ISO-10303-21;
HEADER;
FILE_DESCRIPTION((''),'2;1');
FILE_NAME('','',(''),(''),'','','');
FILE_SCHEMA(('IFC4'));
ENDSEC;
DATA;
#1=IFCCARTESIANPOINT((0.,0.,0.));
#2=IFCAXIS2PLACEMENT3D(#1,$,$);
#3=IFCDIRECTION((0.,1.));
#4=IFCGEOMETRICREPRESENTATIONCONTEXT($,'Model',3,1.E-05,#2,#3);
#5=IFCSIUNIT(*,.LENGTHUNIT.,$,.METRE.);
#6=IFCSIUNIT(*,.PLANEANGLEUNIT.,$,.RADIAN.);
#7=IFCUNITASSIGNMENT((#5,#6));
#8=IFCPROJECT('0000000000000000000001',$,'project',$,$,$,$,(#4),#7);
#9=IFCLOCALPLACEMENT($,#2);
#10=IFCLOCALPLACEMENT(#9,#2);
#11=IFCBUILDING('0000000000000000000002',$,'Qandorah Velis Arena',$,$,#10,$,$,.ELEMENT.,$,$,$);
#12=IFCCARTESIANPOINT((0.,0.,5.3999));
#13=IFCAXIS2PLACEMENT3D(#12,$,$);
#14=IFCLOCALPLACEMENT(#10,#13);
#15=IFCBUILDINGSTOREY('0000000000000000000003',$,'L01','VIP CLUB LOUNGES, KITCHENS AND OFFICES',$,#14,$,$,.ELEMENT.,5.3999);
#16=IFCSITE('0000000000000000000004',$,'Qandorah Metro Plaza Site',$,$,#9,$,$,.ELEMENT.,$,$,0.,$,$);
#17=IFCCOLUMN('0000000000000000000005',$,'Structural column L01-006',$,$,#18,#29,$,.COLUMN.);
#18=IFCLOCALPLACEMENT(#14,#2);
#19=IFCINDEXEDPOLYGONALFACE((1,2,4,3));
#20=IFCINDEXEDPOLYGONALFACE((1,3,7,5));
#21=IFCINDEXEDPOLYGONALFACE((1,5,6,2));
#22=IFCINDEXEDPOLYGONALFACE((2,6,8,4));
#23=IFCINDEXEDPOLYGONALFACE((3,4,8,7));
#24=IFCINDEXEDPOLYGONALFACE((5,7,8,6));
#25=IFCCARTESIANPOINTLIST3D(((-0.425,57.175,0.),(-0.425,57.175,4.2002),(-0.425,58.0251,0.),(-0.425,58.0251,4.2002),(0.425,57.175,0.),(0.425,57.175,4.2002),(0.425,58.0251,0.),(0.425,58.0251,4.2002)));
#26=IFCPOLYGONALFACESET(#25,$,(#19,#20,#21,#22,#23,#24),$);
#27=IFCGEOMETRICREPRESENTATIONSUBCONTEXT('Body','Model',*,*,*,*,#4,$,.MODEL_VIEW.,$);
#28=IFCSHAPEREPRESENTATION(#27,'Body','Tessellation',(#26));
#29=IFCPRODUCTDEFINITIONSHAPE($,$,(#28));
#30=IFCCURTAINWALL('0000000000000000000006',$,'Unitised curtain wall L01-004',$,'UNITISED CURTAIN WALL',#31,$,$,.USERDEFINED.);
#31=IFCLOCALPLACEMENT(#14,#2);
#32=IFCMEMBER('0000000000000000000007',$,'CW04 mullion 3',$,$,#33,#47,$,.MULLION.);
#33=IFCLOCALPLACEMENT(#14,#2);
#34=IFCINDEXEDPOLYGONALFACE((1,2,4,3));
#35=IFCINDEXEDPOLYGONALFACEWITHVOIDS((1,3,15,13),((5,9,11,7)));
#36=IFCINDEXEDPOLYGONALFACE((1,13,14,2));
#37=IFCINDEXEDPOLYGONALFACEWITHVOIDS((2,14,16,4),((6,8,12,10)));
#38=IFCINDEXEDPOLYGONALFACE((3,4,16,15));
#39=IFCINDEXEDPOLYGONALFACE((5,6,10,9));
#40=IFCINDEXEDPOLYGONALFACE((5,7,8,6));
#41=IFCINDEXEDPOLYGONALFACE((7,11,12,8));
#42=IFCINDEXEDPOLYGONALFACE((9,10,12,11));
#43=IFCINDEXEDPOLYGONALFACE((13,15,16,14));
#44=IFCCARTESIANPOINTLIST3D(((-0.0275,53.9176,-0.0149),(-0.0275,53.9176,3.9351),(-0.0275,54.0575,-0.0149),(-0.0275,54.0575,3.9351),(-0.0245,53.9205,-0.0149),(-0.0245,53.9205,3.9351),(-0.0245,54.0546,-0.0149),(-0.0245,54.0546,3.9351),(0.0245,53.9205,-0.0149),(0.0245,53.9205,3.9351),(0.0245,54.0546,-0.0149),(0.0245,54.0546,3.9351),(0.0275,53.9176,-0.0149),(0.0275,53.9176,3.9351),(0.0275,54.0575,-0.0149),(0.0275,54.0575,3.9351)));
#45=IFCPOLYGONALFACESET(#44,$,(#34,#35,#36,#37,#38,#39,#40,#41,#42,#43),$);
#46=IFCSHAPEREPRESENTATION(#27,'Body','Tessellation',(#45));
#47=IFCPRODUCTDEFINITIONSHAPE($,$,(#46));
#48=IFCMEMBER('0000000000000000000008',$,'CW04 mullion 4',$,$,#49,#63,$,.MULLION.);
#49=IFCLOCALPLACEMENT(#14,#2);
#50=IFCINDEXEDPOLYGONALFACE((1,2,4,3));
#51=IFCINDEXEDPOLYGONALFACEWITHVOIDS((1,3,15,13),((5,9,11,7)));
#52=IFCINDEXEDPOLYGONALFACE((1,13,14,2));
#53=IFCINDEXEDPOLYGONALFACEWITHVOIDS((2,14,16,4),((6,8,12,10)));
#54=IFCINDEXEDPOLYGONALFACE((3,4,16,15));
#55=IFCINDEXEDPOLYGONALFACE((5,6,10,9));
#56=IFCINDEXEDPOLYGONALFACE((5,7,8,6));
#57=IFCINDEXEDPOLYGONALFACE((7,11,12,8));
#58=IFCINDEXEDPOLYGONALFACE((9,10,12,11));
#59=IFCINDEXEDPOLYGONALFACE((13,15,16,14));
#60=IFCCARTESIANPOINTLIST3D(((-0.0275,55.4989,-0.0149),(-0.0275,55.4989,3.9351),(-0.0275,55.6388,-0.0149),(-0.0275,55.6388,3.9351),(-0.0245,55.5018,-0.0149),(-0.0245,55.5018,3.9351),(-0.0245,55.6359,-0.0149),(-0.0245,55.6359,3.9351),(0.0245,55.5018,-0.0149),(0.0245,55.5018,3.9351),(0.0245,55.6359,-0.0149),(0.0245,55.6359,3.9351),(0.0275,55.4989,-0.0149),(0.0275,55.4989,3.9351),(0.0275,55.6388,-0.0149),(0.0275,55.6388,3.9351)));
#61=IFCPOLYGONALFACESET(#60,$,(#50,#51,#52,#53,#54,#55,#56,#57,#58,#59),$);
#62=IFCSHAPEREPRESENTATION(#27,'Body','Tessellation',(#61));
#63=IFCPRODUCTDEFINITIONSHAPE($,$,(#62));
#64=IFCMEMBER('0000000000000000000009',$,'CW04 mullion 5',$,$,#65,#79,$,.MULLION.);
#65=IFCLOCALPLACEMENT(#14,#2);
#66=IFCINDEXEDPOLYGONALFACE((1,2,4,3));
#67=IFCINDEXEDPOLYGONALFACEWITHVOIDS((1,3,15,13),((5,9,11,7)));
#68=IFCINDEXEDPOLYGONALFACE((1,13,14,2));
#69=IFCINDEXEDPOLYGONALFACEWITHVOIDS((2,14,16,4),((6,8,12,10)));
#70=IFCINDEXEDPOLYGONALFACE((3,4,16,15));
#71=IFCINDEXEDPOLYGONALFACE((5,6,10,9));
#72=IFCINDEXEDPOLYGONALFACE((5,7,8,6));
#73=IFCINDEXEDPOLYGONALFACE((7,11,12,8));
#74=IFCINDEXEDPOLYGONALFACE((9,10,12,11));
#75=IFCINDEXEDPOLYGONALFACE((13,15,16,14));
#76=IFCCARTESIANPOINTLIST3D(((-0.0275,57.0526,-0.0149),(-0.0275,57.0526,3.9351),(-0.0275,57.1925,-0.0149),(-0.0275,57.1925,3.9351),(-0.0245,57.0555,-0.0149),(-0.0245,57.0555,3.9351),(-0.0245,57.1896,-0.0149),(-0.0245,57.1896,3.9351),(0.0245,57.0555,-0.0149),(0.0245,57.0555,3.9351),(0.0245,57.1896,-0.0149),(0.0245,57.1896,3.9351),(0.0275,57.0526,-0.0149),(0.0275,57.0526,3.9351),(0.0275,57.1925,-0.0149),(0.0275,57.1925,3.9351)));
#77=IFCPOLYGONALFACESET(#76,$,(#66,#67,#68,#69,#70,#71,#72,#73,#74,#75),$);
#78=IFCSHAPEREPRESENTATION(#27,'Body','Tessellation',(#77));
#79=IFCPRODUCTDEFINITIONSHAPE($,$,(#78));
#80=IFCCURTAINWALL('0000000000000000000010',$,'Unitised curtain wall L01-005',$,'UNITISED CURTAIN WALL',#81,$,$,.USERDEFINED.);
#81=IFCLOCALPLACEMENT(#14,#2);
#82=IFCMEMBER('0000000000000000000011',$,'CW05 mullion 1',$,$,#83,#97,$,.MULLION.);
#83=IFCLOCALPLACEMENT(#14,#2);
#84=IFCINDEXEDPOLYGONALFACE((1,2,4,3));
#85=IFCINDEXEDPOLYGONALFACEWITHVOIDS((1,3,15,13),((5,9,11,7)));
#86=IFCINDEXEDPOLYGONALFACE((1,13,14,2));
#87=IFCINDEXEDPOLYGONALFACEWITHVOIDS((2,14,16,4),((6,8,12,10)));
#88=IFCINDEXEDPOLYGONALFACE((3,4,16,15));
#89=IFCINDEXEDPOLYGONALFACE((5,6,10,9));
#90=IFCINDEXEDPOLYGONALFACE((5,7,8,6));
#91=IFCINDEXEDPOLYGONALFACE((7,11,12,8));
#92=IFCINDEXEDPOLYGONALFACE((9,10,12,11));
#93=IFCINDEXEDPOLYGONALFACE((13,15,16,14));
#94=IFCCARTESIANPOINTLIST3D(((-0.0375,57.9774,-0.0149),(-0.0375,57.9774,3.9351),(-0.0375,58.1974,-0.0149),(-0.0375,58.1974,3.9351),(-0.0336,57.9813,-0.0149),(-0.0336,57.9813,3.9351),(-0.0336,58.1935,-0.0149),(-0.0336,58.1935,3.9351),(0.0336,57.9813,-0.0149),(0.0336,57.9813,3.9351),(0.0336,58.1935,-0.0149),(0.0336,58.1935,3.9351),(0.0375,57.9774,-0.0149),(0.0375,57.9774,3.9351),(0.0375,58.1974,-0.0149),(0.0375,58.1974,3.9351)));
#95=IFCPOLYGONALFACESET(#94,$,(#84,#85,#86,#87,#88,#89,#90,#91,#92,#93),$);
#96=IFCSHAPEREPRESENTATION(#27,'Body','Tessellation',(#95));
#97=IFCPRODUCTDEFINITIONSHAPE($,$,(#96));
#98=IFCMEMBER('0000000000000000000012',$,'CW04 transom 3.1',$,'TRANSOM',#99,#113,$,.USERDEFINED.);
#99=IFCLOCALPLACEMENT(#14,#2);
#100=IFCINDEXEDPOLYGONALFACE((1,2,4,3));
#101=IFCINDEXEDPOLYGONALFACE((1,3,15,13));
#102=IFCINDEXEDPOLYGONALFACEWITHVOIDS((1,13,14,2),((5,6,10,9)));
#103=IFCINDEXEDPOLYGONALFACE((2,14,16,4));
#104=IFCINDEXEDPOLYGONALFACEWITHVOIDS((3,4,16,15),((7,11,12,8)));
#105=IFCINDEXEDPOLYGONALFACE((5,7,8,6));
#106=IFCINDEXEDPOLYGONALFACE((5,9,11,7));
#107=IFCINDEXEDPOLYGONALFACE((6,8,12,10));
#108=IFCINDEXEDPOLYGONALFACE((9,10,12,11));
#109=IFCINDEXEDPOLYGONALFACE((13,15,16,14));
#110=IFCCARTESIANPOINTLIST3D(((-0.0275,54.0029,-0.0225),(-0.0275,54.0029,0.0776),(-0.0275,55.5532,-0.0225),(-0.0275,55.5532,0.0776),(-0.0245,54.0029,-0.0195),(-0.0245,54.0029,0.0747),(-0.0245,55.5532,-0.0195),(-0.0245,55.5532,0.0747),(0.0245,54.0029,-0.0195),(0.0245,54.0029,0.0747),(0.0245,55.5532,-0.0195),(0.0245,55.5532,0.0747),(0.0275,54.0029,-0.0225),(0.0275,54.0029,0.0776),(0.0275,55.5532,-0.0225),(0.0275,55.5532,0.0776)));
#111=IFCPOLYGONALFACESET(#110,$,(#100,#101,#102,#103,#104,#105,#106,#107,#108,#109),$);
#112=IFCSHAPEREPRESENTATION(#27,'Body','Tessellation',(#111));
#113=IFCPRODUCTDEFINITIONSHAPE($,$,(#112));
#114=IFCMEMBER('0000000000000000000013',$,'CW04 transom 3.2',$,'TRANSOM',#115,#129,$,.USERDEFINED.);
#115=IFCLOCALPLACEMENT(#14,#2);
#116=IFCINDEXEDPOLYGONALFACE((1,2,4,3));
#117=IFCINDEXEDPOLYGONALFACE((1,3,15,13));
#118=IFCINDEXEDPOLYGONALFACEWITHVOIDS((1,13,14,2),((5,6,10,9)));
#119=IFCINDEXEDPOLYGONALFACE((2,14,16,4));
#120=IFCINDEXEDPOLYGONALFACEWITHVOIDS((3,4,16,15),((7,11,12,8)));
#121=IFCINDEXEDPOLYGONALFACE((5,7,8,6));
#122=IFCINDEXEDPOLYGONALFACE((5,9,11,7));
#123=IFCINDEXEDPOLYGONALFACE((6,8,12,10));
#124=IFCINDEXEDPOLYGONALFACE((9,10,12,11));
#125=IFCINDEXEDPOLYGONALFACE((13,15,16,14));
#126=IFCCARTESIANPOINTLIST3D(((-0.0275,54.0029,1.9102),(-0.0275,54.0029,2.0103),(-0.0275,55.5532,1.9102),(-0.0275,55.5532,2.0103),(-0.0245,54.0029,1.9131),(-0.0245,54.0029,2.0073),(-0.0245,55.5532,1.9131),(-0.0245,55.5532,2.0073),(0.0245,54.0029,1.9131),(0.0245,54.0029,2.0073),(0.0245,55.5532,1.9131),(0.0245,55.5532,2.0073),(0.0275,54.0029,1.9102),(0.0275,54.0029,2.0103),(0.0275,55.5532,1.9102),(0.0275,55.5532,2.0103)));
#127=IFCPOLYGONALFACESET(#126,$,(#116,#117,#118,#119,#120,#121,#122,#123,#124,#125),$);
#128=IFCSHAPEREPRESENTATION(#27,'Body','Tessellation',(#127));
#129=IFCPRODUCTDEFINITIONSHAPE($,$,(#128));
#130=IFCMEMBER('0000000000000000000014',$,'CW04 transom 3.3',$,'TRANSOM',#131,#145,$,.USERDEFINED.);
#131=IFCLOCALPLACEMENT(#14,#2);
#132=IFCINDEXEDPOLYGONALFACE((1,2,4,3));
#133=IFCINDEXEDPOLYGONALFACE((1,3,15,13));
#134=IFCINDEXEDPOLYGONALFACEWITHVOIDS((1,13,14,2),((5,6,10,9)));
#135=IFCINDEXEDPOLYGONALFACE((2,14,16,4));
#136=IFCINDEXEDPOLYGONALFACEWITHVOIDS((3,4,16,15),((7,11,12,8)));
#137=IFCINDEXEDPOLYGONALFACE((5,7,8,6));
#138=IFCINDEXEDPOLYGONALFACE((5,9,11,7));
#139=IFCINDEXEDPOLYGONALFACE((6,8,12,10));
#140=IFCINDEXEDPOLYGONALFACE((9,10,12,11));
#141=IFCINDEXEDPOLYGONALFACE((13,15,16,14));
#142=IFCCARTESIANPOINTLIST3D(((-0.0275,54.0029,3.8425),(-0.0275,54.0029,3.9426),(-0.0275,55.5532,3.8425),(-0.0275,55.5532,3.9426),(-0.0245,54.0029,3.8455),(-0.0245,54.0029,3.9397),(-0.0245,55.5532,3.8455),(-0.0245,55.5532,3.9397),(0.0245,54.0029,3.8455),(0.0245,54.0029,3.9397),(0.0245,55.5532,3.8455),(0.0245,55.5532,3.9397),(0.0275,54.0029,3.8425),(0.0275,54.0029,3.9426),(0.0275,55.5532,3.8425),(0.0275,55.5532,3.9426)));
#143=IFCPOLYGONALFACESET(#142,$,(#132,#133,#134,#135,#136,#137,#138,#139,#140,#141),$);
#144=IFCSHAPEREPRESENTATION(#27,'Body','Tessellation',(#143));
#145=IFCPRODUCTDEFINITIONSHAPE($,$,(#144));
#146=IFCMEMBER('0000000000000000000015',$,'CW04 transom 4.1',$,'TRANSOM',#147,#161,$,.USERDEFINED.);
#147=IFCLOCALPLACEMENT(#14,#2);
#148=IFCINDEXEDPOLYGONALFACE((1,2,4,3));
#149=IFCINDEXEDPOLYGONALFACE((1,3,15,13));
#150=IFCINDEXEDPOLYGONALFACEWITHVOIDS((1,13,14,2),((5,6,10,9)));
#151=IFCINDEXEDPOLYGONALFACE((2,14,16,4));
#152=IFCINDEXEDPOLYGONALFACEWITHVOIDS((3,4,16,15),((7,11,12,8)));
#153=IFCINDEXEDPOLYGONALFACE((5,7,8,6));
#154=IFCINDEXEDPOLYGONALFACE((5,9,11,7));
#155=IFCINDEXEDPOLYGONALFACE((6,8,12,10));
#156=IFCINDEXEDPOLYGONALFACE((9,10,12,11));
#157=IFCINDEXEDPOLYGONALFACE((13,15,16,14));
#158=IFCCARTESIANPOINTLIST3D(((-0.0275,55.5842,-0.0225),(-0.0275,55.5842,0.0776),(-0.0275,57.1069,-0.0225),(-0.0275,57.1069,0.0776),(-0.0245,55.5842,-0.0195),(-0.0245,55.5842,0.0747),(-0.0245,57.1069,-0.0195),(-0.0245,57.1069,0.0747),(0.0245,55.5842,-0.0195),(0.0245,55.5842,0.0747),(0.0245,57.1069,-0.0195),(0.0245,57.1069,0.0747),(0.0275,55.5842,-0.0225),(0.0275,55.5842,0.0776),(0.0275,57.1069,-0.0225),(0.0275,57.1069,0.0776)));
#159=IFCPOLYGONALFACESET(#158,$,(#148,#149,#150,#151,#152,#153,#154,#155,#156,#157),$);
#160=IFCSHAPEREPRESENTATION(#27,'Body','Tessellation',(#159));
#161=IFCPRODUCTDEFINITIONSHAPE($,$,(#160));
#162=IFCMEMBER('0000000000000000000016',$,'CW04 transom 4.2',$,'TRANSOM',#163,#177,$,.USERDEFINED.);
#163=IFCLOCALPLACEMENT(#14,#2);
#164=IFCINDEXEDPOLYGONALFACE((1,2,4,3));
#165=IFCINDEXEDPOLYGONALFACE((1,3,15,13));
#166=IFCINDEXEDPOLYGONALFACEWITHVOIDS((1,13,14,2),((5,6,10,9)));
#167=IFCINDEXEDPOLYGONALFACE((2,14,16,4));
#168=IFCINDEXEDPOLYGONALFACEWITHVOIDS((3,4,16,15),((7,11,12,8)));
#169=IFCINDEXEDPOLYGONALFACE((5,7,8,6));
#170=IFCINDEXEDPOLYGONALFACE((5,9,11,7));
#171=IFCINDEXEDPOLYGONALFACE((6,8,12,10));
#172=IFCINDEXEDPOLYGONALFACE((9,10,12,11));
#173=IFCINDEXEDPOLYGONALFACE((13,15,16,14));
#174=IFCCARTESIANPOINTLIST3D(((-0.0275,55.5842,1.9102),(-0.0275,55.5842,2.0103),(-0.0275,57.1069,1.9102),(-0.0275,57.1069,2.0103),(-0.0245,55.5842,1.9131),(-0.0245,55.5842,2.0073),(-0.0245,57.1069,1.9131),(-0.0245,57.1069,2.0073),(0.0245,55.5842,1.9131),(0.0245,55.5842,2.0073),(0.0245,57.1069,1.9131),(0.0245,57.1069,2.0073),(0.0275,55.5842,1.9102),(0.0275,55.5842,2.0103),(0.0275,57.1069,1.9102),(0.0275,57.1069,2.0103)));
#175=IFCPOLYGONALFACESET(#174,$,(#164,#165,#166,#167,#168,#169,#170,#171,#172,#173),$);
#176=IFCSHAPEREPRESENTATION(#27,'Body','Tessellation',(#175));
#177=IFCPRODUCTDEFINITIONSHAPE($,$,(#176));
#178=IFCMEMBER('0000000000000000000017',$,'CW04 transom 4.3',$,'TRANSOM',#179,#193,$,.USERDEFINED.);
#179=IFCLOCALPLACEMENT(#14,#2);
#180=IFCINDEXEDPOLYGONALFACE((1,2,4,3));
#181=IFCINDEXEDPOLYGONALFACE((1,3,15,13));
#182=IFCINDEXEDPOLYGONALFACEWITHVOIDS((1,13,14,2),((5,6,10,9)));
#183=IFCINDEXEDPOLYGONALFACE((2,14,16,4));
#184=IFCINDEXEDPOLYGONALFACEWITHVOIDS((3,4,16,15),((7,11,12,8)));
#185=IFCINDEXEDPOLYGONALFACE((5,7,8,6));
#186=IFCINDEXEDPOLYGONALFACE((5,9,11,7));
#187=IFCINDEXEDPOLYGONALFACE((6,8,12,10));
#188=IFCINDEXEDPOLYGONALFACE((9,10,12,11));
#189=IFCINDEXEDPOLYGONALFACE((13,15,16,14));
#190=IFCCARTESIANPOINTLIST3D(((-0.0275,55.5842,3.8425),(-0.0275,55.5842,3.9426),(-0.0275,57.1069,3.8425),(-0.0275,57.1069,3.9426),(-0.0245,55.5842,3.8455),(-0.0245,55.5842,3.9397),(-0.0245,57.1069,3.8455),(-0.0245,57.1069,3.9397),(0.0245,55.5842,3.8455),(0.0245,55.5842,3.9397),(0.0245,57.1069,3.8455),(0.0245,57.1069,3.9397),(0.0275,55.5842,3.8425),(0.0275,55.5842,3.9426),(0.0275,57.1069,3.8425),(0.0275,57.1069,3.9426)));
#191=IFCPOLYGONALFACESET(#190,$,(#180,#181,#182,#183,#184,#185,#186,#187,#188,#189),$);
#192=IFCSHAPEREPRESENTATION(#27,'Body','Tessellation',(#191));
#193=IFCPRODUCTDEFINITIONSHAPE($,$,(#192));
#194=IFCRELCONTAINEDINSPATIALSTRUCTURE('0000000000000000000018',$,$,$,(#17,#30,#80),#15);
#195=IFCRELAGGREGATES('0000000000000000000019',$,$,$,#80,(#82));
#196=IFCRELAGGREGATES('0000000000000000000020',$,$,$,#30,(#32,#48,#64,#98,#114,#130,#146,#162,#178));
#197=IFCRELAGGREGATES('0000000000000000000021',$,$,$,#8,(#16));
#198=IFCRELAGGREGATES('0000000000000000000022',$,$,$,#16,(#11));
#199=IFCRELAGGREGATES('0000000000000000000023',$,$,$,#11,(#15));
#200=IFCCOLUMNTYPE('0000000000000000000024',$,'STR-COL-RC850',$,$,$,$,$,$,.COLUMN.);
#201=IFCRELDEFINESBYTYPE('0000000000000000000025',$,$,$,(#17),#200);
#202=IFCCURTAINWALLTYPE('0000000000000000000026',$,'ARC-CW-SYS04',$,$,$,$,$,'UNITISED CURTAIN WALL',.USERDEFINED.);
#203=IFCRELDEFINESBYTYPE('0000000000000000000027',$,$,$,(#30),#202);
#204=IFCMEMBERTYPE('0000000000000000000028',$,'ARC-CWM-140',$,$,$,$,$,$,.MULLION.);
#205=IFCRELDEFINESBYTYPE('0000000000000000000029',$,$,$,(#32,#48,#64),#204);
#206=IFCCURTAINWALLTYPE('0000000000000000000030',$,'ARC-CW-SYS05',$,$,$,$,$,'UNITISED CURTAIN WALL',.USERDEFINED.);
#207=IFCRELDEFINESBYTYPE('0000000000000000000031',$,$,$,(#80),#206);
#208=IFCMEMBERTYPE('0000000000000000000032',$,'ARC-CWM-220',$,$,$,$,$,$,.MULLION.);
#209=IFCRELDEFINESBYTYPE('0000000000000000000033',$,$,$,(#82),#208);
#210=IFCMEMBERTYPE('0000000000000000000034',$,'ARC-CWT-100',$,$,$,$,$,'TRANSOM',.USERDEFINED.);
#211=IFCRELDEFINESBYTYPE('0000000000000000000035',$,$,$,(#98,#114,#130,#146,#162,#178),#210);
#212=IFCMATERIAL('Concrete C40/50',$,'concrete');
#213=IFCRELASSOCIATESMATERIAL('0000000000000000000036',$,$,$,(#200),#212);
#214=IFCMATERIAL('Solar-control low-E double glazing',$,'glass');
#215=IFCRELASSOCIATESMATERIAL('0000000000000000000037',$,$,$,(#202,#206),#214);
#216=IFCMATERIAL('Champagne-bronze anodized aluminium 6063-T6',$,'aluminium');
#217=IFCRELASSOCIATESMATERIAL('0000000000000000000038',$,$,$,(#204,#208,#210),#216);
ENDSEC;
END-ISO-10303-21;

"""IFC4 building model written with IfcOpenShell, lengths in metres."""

from ifc_helpers import new_model, si_unit, direction, frame, origin, origin_2d, place, context, subcontext, project, spatial, rectangle, hollow_rectangle, extrude, material, material_profile, profile_set, type_object, element, aggregate, save


model = new_model("IFC4")

# Units and contexts
model_context = context("Model", 3, precision=1e-05, world=origin(), true_north=direction((0.0, 1.0)))
body_context = subcontext(model_context, "Body", "Model", "MODEL_VIEW")
ifc_project = project(units=[si_unit("LENGTHUNIT", "METRE"), si_unit("PLANEANGLEUNIT", "RADIAN")], contexts=[model_context])

# Site, building, storey
site_placement = place(None, origin())
site = spatial("IfcSite", under=ifc_project, at=site_placement, Name="Qandorah Metro Plaza Site", CompositionType="ELEMENT", RefElevation=0.0)
building_placement = place(site_placement, origin())
building = spatial("IfcBuilding", under=site, at=building_placement, Name="Qandorah Velis Arena", CompositionType="ELEMENT")
storey_placement = place(building_placement, frame((0.0, 0.0, 5.3999)))
storey = spatial("IfcBuildingStorey", under=building, at=storey_placement, Name="L01", Description="VIP CLUB LOUNGES, KITCHENS AND OFFICES", CompositionType="ELEMENT", Elevation=5.3999)

# Column
ifc_material_1 = material(Name="Concrete C40/50", Category="concrete")
ifc_material_profile_1 = material_profile(ifc_material_1, rectangle(XDim=0.8501, YDim=0.8501, at=origin_2d()), Name="RC COL 850x850")
ifc_profile_set_1 = profile_set([ifc_material_profile_1], Name="Concrete C40/50")
column_type = type_object("IfcColumnType", Name="STR-COL-RC850", PredefinedType="COLUMN", material=ifc_profile_set_1)
column_placement = place(storey_placement, frame((0.0, 57.6001, 0.0), z_axis=(0.0, 0.0, 1.0), x_axis=(1.0, 0.0, 0.0)))
element("IfcColumn", 1, at=column_placement, inside=storey, type_object=column_type, Name="Structural column L01-006", PredefinedType="COLUMN", context=body_context, shape_type="SweptSolid", body=[
    extrude(rectangle(XDim=0.8501, YDim=0.8501, at=origin_2d()), origin(), (0.0, 0.0, 1.0), 4.2002),
])

# Curtain wall, members
ifc_material_2 = material(Name="Solar-control low-E double glazing", Category="glass")
curtain_wall_type_1 = type_object("IfcCurtainWallType", Name="ARC-CW-SYS04", ElementType="UNITISED CURTAIN WALL", PredefinedType="USERDEFINED", material=ifc_material_2)
curtain_wall_1_placement = place(storey_placement, origin())
curtain_wall_1 = element("IfcCurtainWall", 2, at=curtain_wall_1_placement, inside=storey, type_object=curtain_wall_type_1, Name="Unitised curtain wall L01-004", ObjectType="UNITISED CURTAIN WALL", PredefinedType="USERDEFINED")
ifc_material_3 = material(Name="Champagne-bronze anodized aluminium 6063-T6", Category="aluminium")
ifc_material_profile_2 = material_profile(ifc_material_3, hollow_rectangle(XDim=0.0549, YDim=0.1399, WallThickness=0.0029, at=origin_2d()), Name="ALU MULLION 55x140")
ifc_profile_set_2 = profile_set([ifc_material_profile_2], Name="Champagne-bronze anodized aluminium 6063-T6")
member_type_1 = type_object("IfcMemberType", Name="ARC-CWM-140", PredefinedType="MULLION", material=ifc_profile_set_2)
member_1_placement = place(storey_placement, frame((0.0, 53.9875, -0.0149), z_axis=(0.0, 0.0, 1.0), x_axis=(-1.0, 0.0, 0.0)))
member_1 = element("IfcMember", 3, at=member_1_placement, type_object=member_type_1, Name="CW04 mullion 3", PredefinedType="MULLION", context=body_context, shape_type="SweptSolid", body=[
    extrude(hollow_rectangle(XDim=0.0549, YDim=0.1399, WallThickness=0.0029, at=origin_2d()), origin(), (0.0, 0.0, 1.0), 3.95),
])
member_2_placement = place(storey_placement, frame((0.0, 55.5688, -0.0149), z_axis=(0.0, 0.0, 1.0), x_axis=(-1.0, 0.0, 0.0)))
member_2 = element("IfcMember", 4, at=member_2_placement, type_object=member_type_1, Name="CW04 mullion 4", PredefinedType="MULLION", context=body_context, shape_type="SweptSolid", body=[
    extrude(hollow_rectangle(XDim=0.0549, YDim=0.1399, WallThickness=0.0029, at=origin_2d()), origin(), (0.0, 0.0, 1.0), 3.95),
])
member_3_placement = place(storey_placement, frame((0.0, 57.1226, -0.0149), z_axis=(0.0, 0.0, 1.0), x_axis=(-1.0, 0.0, 0.0)))
member_3 = element("IfcMember", 5, at=member_3_placement, type_object=member_type_1, Name="CW04 mullion 5", PredefinedType="MULLION", context=body_context, shape_type="SweptSolid", body=[
    extrude(hollow_rectangle(XDim=0.0549, YDim=0.1399, WallThickness=0.0029, at=origin_2d()), origin(), (0.0, 0.0, 1.0), 3.95),
])

# Curtain wall, member
curtain_wall_type_2 = type_object("IfcCurtainWallType", Name="ARC-CW-SYS05", ElementType="UNITISED CURTAIN WALL", PredefinedType="USERDEFINED", material=ifc_material_2)
curtain_wall_2_placement = place(storey_placement, origin())
curtain_wall_2 = element("IfcCurtainWall", 6, at=curtain_wall_2_placement, inside=storey, type_object=curtain_wall_type_2, Name="Unitised curtain wall L01-005", ObjectType="UNITISED CURTAIN WALL", PredefinedType="USERDEFINED")
ifc_material_profile_3 = material_profile(ifc_material_3, hollow_rectangle(XDim=0.075, YDim=0.22, WallThickness=0.0039, at=origin_2d()), Name="ALU MULLION 75x220")
ifc_profile_set_3 = profile_set([ifc_material_profile_3], Name="Champagne-bronze anodized aluminium 6063-T6")
member_type_2 = type_object("IfcMemberType", Name="ARC-CWM-220", PredefinedType="MULLION", material=ifc_profile_set_3)
member_4_placement = place(storey_placement, frame((0.0, 58.0874, -0.0149), z_axis=(0.0, 0.0, 1.0), x_axis=(-1.0, 0.0, 0.0)))
member_4 = element("IfcMember", 7, at=member_4_placement, type_object=member_type_2, Name="CW05 mullion 1", PredefinedType="MULLION", context=body_context, shape_type="SweptSolid", body=[
    extrude(hollow_rectangle(XDim=0.075, YDim=0.22, WallThickness=0.0039, at=origin_2d()), origin(), (0.0, 0.0, 1.0), 3.95),
])

# Members
ifc_material_profile_4 = material_profile(ifc_material_3, hollow_rectangle(XDim=0.0549, YDim=0.1001, WallThickness=0.0029, at=origin_2d()), Name="ALU TRANSOM 55x100")
ifc_profile_set_4 = profile_set([ifc_material_profile_4], Name="Champagne-bronze anodized aluminium 6063-T6")
member_type_3 = type_object("IfcMemberType", Name="ARC-CWT-100", ElementType="TRANSOM", PredefinedType="USERDEFINED", material=ifc_profile_set_4)
member_5_placement = place(storey_placement, frame((0.0, 54.0029, 0.0276), z_axis=(0.0, 1.0, 0.0), x_axis=(-1.0, 0.0, 0.0)))
member_5 = element("IfcMember", 8, at=member_5_placement, type_object=member_type_3, Name="CW04 transom 3.1", ObjectType="TRANSOM", PredefinedType="USERDEFINED", context=body_context, shape_type="SweptSolid", body=[
    extrude(hollow_rectangle(XDim=0.0549, YDim=0.1001, WallThickness=0.0029, at=origin_2d()), origin(), (0.0, 0.0, 1.0), 1.5503),
])
member_6_placement = place(storey_placement, frame((0.0, 54.0029, 1.9602), z_axis=(0.0, 1.0, 0.0), x_axis=(-1.0, 0.0, 0.0)))
member_6 = element("IfcMember", 9, at=member_6_placement, type_object=member_type_3, Name="CW04 transom 3.2", ObjectType="TRANSOM", PredefinedType="USERDEFINED", context=body_context, shape_type="SweptSolid", body=[
    extrude(hollow_rectangle(XDim=0.0549, YDim=0.1001, WallThickness=0.0029, at=origin_2d()), origin(), (0.0, 0.0, 1.0), 1.5503),
])
member_7_placement = place(storey_placement, frame((0.0, 54.0029, 3.8926), z_axis=(0.0, 1.0, 0.0), x_axis=(-1.0, 0.0, 0.0)))
member_7 = element("IfcMember", 10, at=member_7_placement, type_object=member_type_3, Name="CW04 transom 3.3", ObjectType="TRANSOM", PredefinedType="USERDEFINED", context=body_context, shape_type="SweptSolid", body=[
    extrude(hollow_rectangle(XDim=0.0549, YDim=0.1001, WallThickness=0.0029, at=origin_2d()), origin(), (0.0, 0.0, 1.0), 1.5503),
])
member_8_placement = place(storey_placement, frame((0.0, 55.5842, 0.0276), z_axis=(0.0, 1.0, 0.0), x_axis=(-1.0, 0.0, 0.0)))
member_8 = element("IfcMember", 11, at=member_8_placement, type_object=member_type_3, Name="CW04 transom 4.1", ObjectType="TRANSOM", PredefinedType="USERDEFINED", context=body_context, shape_type="SweptSolid", body=[
    extrude(hollow_rectangle(XDim=0.0549, YDim=0.1001, WallThickness=0.0029, at=origin_2d()), origin(), (0.0, 0.0, 1.0), 1.5227),
])
member_9_placement = place(storey_placement, frame((0.0, 55.5842, 1.9602), z_axis=(0.0, 1.0, 0.0), x_axis=(-1.0, 0.0, 0.0)))
member_9 = element("IfcMember", 12, at=member_9_placement, type_object=member_type_3, Name="CW04 transom 4.2", ObjectType="TRANSOM", PredefinedType="USERDEFINED", context=body_context, shape_type="SweptSolid", body=[
    extrude(hollow_rectangle(XDim=0.0549, YDim=0.1001, WallThickness=0.0029, at=origin_2d()), origin(), (0.0, 0.0, 1.0), 1.5227),
])
member_10_placement = place(storey_placement, frame((0.0, 55.5842, 3.8926), z_axis=(0.0, 1.0, 0.0), x_axis=(-1.0, 0.0, 0.0)))
member_10 = element("IfcMember", 13, at=member_10_placement, type_object=member_type_3, Name="CW04 transom 4.3", ObjectType="TRANSOM", PredefinedType="USERDEFINED", context=body_context, shape_type="SweptSolid", body=[
    extrude(hollow_rectangle(XDim=0.0549, YDim=0.1001, WallThickness=0.0029, at=origin_2d()), origin(), (0.0, 0.0, 1.0), 1.5227),
])
aggregate(curtain_wall_2, [member_4])

aggregate(curtain_wall_1, [member_1, member_2, member_3, member_5, member_6, member_7, member_8, member_9, member_10])

save(model, "model.ifc")
